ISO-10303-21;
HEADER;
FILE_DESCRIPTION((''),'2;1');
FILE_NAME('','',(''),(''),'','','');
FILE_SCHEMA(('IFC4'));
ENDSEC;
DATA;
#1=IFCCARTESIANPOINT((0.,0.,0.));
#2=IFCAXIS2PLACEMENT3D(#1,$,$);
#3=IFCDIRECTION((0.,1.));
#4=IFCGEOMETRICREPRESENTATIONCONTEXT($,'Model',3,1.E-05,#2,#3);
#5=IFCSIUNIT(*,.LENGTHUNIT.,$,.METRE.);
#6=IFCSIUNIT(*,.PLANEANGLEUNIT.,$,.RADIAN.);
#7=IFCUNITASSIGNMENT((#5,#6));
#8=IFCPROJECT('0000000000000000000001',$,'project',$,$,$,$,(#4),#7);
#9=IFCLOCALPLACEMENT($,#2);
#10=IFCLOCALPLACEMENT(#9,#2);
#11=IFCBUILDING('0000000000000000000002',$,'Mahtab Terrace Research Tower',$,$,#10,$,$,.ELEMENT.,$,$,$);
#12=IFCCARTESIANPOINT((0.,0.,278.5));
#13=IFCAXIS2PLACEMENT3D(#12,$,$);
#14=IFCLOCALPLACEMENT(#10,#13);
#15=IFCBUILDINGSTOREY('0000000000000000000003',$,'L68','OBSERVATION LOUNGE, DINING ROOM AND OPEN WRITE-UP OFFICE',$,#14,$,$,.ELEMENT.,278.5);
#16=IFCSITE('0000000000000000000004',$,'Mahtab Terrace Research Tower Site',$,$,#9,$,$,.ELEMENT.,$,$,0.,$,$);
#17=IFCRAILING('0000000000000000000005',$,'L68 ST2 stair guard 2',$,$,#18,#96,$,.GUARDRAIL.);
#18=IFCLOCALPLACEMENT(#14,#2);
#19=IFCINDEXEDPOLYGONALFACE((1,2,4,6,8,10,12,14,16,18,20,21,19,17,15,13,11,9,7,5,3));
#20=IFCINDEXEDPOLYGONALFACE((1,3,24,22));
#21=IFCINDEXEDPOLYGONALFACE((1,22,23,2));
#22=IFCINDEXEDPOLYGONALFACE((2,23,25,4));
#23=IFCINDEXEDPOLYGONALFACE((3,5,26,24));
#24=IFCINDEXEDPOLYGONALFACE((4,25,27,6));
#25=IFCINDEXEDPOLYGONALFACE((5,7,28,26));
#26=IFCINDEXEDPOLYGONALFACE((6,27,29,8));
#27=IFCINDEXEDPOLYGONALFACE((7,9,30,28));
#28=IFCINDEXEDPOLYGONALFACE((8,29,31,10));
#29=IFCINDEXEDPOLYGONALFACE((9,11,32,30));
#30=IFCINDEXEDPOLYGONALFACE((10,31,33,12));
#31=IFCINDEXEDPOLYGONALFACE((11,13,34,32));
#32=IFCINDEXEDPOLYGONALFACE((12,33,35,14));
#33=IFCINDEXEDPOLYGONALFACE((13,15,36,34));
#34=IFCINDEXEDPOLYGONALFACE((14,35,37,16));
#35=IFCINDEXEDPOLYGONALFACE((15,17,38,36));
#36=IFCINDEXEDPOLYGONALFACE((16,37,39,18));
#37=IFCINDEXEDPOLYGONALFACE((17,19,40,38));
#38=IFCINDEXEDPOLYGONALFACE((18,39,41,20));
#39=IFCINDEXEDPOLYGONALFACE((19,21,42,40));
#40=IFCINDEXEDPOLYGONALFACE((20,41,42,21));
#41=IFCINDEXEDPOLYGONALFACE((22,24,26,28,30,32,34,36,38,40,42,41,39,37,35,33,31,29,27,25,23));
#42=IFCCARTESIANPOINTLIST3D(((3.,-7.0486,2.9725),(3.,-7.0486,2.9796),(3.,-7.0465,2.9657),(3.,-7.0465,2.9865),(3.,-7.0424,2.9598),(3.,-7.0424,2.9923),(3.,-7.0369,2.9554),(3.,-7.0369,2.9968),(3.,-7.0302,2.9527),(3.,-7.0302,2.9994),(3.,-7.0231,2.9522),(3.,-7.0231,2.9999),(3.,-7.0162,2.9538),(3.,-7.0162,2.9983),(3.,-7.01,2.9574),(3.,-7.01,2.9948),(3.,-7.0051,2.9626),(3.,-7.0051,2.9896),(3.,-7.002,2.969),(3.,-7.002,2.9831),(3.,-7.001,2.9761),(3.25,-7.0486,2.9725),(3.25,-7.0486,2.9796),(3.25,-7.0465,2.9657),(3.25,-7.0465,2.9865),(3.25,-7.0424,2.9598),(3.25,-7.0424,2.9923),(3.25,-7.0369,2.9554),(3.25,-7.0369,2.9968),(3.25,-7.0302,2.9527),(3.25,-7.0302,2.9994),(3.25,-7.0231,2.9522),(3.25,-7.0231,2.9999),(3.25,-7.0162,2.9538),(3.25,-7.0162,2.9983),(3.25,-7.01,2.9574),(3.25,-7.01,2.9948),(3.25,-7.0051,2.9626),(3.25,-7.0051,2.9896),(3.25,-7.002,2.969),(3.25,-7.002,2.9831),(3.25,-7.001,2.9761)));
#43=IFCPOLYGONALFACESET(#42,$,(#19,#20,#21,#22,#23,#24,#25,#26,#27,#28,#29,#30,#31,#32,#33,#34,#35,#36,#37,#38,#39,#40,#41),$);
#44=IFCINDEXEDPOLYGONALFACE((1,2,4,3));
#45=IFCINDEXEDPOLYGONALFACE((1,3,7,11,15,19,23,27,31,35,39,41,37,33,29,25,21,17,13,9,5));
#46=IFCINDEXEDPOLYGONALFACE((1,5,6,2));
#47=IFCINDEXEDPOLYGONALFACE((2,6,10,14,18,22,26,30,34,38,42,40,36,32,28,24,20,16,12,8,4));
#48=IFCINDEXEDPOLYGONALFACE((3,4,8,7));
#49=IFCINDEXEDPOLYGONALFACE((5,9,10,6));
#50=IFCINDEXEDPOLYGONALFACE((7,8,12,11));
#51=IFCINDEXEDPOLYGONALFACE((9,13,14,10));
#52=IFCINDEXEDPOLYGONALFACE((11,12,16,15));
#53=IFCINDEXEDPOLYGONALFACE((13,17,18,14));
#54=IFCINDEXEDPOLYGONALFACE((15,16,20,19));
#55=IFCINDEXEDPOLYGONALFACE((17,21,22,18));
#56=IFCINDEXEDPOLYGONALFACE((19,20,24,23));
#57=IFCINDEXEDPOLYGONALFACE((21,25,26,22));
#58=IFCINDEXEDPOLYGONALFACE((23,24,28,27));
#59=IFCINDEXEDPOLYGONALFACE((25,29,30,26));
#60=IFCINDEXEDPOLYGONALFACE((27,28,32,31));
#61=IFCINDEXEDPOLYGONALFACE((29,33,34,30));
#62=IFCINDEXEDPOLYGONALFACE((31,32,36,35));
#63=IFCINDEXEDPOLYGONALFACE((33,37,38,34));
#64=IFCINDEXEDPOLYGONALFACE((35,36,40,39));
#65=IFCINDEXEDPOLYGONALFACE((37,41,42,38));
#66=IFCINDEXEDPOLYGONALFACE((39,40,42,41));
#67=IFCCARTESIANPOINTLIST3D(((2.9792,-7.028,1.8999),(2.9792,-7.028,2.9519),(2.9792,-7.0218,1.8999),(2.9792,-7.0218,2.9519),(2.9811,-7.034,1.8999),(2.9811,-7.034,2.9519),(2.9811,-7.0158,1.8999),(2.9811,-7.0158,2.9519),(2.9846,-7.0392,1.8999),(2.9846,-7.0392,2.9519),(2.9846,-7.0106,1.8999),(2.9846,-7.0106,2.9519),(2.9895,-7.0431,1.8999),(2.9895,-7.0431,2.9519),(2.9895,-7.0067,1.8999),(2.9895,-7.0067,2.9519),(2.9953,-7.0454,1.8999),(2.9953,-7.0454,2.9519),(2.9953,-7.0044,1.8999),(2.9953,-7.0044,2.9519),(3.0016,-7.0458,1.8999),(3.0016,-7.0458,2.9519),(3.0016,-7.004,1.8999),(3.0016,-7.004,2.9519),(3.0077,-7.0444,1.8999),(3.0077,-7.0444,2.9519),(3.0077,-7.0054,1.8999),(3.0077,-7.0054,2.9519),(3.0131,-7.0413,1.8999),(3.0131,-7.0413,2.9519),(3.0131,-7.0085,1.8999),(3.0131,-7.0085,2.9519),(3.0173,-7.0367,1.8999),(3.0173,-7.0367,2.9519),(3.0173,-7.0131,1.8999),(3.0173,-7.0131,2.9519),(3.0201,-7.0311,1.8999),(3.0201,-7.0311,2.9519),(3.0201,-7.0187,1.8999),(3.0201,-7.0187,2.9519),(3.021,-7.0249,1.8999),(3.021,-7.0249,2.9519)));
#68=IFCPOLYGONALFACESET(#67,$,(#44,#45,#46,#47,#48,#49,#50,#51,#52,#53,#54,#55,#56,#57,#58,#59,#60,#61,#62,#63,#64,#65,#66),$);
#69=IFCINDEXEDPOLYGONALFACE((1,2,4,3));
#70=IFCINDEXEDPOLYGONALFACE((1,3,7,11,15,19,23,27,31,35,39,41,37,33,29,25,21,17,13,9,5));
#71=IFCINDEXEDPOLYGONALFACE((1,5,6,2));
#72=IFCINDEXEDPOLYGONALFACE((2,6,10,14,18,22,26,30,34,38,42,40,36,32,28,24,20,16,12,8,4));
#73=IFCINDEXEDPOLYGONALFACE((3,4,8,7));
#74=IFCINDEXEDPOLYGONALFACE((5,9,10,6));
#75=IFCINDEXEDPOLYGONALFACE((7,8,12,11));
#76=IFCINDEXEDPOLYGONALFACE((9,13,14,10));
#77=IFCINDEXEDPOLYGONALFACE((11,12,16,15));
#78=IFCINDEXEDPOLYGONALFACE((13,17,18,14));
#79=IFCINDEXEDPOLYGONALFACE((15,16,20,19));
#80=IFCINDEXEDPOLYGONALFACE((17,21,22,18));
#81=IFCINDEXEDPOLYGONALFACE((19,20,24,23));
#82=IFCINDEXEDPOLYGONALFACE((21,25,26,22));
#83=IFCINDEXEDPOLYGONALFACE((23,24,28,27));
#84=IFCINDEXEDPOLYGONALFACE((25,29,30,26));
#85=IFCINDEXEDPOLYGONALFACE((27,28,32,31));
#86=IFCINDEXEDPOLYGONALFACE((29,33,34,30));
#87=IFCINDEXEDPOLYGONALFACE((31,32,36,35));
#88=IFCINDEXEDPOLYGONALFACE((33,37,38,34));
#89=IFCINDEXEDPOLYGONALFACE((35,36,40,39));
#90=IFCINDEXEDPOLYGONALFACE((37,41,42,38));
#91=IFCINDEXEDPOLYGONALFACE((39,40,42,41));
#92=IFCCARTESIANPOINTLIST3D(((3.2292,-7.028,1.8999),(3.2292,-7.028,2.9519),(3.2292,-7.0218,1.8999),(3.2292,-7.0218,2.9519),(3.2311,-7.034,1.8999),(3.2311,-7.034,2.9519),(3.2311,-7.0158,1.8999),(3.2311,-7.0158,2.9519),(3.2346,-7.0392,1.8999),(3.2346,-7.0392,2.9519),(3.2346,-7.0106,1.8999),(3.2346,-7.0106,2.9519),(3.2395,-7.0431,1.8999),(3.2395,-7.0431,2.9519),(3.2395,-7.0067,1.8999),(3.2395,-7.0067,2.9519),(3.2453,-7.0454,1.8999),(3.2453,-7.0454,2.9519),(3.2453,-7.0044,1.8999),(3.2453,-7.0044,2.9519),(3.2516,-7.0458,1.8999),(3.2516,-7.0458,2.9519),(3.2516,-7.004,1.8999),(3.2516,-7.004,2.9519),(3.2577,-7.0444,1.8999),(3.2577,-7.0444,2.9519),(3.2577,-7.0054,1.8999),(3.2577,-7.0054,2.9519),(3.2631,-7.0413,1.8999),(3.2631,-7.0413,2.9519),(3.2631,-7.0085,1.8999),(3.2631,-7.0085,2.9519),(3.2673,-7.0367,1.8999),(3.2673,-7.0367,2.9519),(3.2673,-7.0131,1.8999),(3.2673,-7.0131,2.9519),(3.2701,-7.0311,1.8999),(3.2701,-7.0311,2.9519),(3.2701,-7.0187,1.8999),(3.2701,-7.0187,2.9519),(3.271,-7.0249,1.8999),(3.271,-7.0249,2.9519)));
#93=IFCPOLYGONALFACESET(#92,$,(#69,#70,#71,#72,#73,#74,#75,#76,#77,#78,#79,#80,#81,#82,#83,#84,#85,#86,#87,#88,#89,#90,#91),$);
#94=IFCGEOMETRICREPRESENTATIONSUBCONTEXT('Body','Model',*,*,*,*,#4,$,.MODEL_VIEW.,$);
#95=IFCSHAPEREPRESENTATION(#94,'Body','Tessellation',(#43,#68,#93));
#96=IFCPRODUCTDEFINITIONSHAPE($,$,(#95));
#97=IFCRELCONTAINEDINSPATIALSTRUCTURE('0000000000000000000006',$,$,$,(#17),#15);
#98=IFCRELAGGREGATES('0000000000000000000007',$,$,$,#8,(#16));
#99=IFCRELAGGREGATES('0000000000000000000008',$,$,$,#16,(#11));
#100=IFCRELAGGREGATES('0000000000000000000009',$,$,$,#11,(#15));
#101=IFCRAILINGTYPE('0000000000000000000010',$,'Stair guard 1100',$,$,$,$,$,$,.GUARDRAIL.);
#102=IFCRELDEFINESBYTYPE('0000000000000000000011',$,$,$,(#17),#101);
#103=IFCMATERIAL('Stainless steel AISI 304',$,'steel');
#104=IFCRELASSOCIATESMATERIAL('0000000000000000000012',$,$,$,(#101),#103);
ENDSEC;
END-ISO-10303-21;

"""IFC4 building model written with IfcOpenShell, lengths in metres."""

from ifc_helpers import new_model, si_unit, direction, frame, origin, origin_2d, place, context, subcontext, project, spatial, circle, extrude, material, type_object, element, save


model = new_model("IFC4")

# Units and contexts
model_context = context("Model", 3, precision=1e-05, world=origin(), true_north=direction((0.0, 1.0)))
body_context = subcontext(model_context, "Body", "Model", "MODEL_VIEW")
ifc_project = project(units=[si_unit("LENGTHUNIT", "METRE"), si_unit("PLANEANGLEUNIT", "RADIAN")], contexts=[model_context])

# Site, building, storey
site_placement = place(None, origin())
site = spatial("IfcSite", under=ifc_project, at=site_placement, Name="Mahtab Terrace Research Tower Site", CompositionType="ELEMENT", RefElevation=0.0)
building_placement = place(site_placement, origin())
building = spatial("IfcBuilding", under=site, at=building_placement, Name="Mahtab Terrace Research Tower", CompositionType="ELEMENT")
storey_placement = place(building_placement, frame((0.0, 0.0, 278.5)))
storey = spatial("IfcBuildingStorey", under=building, at=storey_placement, Name="L68", Description="OBSERVATION LOUNGE, DINING ROOM AND OPEN WRITE-UP OFFICE", CompositionType="ELEMENT", Elevation=278.5)

# Railing
ifc_material_1 = material(Name="Stainless steel AISI 304", Category="steel")
railing_type_1 = type_object("IfcRailingType", Name="Stair guard 1100", PredefinedType="GUARDRAIL", material=ifc_material_1)
railing_1_placement = place(storey_placement, frame((3.0, -7.0249, 1.8999)))
element("IfcRailing", 1, at=railing_1_placement, inside=storey, type_object=railing_type_1, Name="L68 ST2 stair guard 2", PredefinedType="GUARDRAIL", context=body_context, shape_type="SweptSolid", body=[
    extrude(circle(Radius=0.0239, at=origin_2d()), frame((0.0, 0.0, 1.0762), z_axis=(1.0, 0.0, 0.0), x_axis=(0.0, 1.0, 0.0)), (0.0, 0.0, 1.0), 0.25),
    extrude(circle(Radius=0.021, at=origin_2d()), origin(), (0.0, 0.0, 1.0), 1.052),
    extrude(circle(Radius=0.021, at=origin_2d()), frame((0.25, 0.0, 0.0)), (0.0, 0.0, 1.0), 1.052),
])

save(model, "model.ifc")
